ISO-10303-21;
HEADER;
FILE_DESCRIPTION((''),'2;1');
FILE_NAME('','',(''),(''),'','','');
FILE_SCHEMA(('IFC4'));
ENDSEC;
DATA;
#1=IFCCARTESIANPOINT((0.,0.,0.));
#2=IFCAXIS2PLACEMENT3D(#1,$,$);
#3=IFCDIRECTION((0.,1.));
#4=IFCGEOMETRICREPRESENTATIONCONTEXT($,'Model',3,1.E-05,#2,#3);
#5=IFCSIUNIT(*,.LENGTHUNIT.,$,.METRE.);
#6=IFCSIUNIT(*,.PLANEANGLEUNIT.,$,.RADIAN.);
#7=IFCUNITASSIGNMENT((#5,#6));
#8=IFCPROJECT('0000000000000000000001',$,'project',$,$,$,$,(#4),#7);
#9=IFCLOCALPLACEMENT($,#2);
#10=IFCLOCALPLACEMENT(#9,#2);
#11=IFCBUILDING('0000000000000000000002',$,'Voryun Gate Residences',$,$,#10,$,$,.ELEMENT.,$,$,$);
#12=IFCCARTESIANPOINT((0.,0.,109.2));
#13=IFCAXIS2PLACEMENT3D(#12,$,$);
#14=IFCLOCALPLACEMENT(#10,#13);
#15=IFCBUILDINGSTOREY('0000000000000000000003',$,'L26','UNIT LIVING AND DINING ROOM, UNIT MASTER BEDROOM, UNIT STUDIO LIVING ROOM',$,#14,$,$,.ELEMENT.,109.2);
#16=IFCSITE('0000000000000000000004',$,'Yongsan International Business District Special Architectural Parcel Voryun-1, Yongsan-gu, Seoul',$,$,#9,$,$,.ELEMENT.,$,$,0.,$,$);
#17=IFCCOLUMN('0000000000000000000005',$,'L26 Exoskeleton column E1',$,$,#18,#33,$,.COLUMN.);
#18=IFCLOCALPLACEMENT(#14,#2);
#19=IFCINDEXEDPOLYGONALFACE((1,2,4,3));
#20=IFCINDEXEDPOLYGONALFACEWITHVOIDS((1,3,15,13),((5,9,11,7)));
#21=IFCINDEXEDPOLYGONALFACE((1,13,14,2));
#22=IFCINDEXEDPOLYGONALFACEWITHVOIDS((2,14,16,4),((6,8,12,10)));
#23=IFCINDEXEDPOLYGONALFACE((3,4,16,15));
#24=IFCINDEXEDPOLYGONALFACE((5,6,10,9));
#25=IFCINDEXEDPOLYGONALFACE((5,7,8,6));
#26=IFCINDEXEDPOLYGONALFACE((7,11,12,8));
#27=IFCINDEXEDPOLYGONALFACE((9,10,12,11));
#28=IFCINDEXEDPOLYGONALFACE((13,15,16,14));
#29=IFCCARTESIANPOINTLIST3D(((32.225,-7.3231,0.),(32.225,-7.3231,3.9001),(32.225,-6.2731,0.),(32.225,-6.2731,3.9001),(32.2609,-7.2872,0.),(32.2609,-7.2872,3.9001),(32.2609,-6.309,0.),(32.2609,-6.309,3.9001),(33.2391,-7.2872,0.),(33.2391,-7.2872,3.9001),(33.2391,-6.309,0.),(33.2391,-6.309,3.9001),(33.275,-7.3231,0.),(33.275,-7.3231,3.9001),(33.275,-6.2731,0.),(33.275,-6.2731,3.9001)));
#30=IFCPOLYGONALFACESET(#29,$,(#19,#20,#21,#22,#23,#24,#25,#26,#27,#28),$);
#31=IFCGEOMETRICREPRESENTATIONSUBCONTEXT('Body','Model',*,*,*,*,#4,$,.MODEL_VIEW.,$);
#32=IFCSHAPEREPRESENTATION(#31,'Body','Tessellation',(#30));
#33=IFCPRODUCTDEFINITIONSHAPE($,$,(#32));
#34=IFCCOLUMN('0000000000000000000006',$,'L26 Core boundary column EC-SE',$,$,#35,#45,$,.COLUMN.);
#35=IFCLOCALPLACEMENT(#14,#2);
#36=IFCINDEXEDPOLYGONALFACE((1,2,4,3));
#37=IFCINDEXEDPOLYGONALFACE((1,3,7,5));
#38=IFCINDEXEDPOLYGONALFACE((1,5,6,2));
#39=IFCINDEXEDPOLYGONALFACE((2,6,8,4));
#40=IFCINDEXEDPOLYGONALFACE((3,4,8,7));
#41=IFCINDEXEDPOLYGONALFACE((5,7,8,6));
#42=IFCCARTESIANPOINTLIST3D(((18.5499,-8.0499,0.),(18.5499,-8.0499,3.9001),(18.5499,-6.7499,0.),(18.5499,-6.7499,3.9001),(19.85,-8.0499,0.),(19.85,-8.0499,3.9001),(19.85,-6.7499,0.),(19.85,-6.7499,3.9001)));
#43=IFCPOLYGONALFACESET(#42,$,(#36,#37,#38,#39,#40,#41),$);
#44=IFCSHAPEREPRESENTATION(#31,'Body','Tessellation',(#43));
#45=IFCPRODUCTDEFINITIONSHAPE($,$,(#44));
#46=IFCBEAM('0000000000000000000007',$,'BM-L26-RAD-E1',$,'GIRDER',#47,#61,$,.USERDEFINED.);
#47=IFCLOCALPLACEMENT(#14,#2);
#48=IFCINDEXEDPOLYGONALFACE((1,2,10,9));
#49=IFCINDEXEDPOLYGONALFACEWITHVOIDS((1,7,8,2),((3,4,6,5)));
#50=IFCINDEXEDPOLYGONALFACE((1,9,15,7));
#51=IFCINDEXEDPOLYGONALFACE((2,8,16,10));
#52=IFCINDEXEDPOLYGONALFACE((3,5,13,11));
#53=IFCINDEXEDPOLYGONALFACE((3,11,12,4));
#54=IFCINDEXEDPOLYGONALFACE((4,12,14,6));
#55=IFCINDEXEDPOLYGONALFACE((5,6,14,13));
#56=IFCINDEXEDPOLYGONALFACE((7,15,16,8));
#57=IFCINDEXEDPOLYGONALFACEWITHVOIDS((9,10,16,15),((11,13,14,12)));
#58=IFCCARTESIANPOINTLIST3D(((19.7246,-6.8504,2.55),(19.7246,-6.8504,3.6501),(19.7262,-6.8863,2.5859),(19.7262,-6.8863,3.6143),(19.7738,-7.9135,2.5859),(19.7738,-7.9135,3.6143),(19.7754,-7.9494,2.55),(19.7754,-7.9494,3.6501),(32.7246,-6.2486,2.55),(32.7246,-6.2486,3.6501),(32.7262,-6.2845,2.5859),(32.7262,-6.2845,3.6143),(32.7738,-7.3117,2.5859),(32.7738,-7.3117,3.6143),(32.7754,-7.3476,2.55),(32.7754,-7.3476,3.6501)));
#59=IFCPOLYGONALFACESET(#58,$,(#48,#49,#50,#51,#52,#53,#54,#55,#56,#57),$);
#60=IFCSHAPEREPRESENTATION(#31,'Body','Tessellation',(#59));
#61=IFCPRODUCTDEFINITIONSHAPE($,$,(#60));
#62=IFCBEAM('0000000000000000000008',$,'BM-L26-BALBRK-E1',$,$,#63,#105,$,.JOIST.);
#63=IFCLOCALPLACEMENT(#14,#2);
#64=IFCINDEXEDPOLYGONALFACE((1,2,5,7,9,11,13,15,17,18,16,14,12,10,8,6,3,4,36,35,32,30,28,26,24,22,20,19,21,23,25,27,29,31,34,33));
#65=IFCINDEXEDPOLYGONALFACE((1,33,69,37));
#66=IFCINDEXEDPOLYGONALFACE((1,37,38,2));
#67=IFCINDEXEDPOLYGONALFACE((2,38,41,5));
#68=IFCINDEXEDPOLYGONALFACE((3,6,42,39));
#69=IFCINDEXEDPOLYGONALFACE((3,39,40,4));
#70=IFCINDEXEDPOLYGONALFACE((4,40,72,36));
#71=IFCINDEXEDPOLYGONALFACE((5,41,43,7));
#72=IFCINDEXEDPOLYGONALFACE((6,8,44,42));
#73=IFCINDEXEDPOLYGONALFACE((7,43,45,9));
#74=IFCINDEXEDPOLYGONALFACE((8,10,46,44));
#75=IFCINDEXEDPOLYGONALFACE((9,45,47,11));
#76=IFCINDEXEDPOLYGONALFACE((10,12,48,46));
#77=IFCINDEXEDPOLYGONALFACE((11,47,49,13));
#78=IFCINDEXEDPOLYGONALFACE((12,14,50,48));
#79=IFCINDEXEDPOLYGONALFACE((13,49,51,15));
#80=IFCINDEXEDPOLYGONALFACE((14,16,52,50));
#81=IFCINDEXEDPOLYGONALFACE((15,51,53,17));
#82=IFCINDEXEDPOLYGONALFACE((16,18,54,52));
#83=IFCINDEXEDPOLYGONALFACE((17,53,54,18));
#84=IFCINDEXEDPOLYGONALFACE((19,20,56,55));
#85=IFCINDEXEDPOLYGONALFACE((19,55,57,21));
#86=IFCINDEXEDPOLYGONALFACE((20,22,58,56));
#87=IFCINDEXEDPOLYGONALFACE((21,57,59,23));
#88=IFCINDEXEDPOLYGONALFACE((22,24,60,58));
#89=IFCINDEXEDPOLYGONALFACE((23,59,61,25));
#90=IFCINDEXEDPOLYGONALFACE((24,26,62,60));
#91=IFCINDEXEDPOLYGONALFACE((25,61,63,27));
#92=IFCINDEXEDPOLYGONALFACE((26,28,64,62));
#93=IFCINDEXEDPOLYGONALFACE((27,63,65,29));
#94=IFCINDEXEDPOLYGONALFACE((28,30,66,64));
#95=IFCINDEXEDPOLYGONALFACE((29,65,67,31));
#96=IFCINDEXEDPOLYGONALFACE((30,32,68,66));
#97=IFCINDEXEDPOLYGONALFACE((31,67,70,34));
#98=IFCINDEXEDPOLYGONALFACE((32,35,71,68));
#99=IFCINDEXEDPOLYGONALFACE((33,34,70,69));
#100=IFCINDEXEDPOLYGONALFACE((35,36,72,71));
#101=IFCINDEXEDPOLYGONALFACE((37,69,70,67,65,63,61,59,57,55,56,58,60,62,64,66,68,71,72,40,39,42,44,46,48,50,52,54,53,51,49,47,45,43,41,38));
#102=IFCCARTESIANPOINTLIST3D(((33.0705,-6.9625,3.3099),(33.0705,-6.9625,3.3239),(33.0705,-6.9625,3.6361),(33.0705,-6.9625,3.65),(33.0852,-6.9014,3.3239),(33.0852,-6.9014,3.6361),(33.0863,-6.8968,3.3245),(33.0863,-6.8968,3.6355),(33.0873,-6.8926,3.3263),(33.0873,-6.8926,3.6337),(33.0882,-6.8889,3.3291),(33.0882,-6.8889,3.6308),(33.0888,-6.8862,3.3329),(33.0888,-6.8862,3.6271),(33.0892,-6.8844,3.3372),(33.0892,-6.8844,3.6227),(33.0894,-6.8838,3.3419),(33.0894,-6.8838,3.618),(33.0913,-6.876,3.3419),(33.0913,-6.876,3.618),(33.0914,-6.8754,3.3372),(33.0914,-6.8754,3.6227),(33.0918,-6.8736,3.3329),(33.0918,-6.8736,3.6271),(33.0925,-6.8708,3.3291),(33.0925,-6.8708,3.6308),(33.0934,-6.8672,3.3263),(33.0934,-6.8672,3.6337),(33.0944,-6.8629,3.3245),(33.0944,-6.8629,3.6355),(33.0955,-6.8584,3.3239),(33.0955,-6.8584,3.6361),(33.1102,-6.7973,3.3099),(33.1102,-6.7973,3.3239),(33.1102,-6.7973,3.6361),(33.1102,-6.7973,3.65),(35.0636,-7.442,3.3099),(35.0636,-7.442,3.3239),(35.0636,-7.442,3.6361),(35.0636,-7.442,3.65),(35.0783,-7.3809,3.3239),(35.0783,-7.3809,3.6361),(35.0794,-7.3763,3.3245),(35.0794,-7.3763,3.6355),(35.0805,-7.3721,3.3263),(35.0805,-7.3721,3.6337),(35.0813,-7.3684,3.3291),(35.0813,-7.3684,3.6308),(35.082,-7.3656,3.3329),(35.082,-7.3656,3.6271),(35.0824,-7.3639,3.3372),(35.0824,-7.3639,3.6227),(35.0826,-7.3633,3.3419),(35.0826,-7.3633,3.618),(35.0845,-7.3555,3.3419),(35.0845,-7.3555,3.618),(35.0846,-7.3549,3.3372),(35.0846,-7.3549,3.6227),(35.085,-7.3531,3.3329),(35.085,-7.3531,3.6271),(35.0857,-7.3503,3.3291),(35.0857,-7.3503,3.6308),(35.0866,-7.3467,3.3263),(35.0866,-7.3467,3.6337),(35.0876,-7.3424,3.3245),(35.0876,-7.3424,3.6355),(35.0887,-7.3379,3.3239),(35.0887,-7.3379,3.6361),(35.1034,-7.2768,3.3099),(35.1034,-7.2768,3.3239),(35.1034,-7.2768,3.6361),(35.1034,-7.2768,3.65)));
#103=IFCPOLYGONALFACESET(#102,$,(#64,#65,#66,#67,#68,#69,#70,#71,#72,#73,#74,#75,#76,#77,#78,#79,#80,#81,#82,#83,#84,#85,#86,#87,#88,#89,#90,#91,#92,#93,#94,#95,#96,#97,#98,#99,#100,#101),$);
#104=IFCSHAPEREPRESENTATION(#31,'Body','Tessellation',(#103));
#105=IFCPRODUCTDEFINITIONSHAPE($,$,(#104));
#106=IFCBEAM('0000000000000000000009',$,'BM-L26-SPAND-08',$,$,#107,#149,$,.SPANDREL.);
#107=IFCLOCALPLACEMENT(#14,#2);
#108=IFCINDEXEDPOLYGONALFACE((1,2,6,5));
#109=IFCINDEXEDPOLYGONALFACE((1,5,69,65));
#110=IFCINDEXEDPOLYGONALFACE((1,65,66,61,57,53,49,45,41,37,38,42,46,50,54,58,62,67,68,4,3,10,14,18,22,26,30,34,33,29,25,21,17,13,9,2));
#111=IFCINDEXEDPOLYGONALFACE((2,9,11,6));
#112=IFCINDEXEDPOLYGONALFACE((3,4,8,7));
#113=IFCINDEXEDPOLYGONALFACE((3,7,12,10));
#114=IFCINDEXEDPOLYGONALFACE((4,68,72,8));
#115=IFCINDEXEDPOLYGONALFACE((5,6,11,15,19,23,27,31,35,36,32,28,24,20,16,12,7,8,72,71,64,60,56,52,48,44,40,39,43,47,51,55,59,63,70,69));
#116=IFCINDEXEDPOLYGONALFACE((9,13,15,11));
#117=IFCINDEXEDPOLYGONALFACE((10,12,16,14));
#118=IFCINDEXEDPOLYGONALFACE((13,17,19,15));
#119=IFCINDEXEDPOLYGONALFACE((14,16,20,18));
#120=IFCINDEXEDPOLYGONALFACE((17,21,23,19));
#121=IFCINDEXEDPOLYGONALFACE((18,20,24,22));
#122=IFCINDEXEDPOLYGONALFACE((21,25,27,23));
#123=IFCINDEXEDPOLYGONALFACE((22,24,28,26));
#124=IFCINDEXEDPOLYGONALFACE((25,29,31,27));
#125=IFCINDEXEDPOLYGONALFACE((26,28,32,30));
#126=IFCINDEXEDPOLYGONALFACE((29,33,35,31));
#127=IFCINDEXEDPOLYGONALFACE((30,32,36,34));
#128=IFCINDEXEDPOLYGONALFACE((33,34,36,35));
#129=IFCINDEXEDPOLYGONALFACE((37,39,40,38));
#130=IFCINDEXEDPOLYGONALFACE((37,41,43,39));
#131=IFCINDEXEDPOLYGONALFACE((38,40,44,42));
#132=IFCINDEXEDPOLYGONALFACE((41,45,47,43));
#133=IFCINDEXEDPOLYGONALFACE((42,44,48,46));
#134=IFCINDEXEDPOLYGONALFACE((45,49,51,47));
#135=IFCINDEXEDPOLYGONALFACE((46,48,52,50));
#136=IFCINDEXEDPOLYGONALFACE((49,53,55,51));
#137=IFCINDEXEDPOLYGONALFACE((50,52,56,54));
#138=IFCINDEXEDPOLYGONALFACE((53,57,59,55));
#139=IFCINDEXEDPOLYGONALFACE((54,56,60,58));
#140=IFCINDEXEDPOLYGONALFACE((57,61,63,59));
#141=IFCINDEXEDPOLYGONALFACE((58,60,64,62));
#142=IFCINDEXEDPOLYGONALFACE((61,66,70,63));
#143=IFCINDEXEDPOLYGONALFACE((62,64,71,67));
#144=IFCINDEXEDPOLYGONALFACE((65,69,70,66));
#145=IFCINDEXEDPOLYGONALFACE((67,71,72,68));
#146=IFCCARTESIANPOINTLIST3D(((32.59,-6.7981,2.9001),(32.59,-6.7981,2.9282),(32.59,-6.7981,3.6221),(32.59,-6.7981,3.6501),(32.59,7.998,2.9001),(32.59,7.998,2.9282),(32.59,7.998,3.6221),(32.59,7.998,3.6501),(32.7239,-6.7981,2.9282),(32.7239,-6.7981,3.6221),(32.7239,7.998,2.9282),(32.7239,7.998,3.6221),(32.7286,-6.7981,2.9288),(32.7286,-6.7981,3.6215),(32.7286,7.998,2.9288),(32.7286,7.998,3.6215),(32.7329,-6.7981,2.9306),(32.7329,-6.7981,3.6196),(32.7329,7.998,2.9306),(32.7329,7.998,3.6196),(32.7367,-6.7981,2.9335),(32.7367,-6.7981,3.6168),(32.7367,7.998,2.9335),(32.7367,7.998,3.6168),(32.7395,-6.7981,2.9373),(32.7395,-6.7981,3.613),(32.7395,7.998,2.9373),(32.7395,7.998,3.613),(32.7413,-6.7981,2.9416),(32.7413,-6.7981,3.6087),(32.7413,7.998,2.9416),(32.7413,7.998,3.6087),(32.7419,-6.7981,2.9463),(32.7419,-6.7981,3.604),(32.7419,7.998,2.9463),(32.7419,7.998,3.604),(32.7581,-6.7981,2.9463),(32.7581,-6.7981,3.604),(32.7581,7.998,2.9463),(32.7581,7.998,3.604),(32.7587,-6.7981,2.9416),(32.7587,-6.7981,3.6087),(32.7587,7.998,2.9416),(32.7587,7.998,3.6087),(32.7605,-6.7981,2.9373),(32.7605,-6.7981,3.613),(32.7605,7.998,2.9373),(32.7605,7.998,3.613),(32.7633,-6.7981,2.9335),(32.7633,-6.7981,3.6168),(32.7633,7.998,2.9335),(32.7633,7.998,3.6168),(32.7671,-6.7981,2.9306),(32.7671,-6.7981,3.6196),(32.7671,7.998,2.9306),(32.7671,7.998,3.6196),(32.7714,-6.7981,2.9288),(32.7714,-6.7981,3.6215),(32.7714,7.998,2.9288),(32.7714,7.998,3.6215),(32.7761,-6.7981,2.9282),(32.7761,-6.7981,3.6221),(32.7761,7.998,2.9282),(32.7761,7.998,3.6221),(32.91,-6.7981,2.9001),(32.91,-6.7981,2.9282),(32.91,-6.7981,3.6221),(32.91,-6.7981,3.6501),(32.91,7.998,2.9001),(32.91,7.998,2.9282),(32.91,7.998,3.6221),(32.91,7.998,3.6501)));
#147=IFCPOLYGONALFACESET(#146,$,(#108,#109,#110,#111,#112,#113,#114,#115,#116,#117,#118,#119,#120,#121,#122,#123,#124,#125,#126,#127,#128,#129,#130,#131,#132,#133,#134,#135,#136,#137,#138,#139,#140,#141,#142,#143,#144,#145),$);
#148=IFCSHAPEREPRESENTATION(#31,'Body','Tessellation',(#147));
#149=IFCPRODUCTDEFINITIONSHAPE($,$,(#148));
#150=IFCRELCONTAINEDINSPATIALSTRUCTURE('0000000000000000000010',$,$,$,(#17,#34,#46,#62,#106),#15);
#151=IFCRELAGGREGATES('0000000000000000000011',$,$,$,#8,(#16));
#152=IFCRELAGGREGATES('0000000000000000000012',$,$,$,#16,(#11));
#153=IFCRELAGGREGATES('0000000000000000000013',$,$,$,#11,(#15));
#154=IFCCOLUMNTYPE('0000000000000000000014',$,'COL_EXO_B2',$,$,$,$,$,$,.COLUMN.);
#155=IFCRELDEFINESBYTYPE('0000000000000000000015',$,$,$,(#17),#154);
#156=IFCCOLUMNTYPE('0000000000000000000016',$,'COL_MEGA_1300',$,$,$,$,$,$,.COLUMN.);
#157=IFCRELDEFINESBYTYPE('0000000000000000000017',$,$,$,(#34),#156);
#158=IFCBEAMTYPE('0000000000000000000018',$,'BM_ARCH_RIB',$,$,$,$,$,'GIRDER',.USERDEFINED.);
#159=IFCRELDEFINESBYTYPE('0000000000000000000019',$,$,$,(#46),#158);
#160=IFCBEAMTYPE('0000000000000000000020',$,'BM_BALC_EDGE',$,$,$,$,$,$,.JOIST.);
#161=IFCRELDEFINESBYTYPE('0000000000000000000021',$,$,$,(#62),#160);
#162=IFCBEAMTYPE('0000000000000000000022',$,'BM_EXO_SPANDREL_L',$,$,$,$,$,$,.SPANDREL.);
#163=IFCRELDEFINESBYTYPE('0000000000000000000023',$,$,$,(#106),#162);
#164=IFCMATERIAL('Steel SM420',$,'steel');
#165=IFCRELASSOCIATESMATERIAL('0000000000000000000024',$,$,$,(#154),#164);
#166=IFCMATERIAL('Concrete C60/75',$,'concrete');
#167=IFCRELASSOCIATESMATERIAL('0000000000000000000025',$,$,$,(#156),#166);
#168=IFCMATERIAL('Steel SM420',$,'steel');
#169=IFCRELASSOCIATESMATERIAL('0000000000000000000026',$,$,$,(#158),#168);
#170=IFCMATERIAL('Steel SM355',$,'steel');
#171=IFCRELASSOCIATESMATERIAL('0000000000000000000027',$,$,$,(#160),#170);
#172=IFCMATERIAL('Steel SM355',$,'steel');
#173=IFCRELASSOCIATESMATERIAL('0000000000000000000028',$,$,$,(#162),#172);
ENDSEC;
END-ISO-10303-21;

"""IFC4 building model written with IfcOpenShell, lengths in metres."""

from ifc_helpers import new_model, si_unit, direction, frame, origin, origin_2d, place, context, subcontext, project, spatial, rectangle, hollow_rectangle, i_section, extrude, material, material_profile, profile_set, type_object, element, save


model = new_model("IFC4")

# Units and contexts
model_context = context("Model", 3, precision=1e-05, world=origin(), true_north=direction((0.0, 1.0)))
body_context = subcontext(model_context, "Body", "Model", "MODEL_VIEW")
ifc_project = project(units=[si_unit("LENGTHUNIT", "METRE"), si_unit("PLANEANGLEUNIT", "RADIAN")], contexts=[model_context])

# Site, building, storey
site_placement = place(None, origin())
site = spatial("IfcSite", under=ifc_project, at=site_placement, Name="Yongsan International Business District Special Architectural Parcel Voryun-1, Yongsan-gu, Seoul", CompositionType="ELEMENT", RefElevation=0.0)
building_placement = place(site_placement, origin())
building = spatial("IfcBuilding", under=site, at=building_placement, Name="Voryun Gate Residences", CompositionType="ELEMENT")
storey_placement = place(building_placement, frame((0.0, 0.0, 109.2)))
storey = spatial("IfcBuildingStorey", under=building, at=storey_placement, Name="L26", Description="UNIT LIVING AND DINING ROOM, UNIT MASTER BEDROOM, UNIT STUDIO LIVING ROOM", CompositionType="ELEMENT", Elevation=109.2)

# Columns
ifc_material_1 = material(Name="Steel SM420", Category="steel")
ifc_material_profile_1 = material_profile(ifc_material_1, hollow_rectangle(XDim=1.05, YDim=1.05, WallThickness=0.0359, at=origin_2d()), Name="BOX-1050x1050x36")
ifc_profile_set_1 = profile_set([ifc_material_profile_1], Name="Steel SM420")
column_type_1 = type_object("IfcColumnType", Name="COL_EXO_B2", PredefinedType="COLUMN", material=ifc_profile_set_1)
column_1_placement = place(storey_placement, frame((32.75, -6.7981, 0.0), z_axis=(0.0, 0.0, 1.0), x_axis=(1.0, 0.0, 0.0)))
element("IfcColumn", 1, at=column_1_placement, inside=storey, type_object=column_type_1, Name="L26 Exoskeleton column E1", PredefinedType="COLUMN", context=body_context, shape_type="SweptSolid", body=[
    extrude(hollow_rectangle(XDim=1.05, YDim=1.05, WallThickness=0.0359, at=origin_2d()), origin(), (0.0, 0.0, 1.0), 3.9001),
])
ifc_material_2 = material(Name="Concrete C60/75", Category="concrete")
ifc_material_profile_2 = material_profile(ifc_material_2, rectangle(XDim=1.3, YDim=1.3, at=origin_2d()), Name="RC-1300x1300")
ifc_profile_set_2 = profile_set([ifc_material_profile_2], Name="Concrete C60/75")
column_type_2 = type_object("IfcColumnType", Name="COL_MEGA_1300", PredefinedType="COLUMN", material=ifc_profile_set_2)
column_2_placement = place(storey_placement, frame((19.2, -7.3999, 0.0), z_axis=(0.0, 0.0, 1.0), x_axis=(1.0, 0.0, 0.0)))
element("IfcColumn", 2, at=column_2_placement, inside=storey, type_object=column_type_2, Name="L26 Core boundary column EC-SE", PredefinedType="COLUMN", context=body_context, shape_type="SweptSolid", body=[
    extrude(rectangle(XDim=1.3, YDim=1.3, at=origin_2d()), origin(), (0.0, 0.0, 1.0), 3.9001),
])

# Beams
ifc_material_3 = material(Name="Steel SM420", Category="steel")
ifc_material_profile_3 = material_profile(ifc_material_3, hollow_rectangle(XDim=1.1001, YDim=1.1001, WallThickness=0.0359, at=origin_2d()), Name="BOX-1100x1100x36")
ifc_profile_set_3 = profile_set([ifc_material_profile_3], Name="Steel SM420")
beam_type_1 = type_object("IfcBeamType", Name="BM_ARCH_RIB", ElementType="GIRDER", PredefinedType="USERDEFINED", material=ifc_profile_set_3)
beam_1_placement = place(storey_placement, frame((19.75, -7.3999, 3.1001), z_axis=(0.99893, 0.046243, 0.0), x_axis=(-0.046243, 0.99893, 0.0)))
element("IfcBeam", 3, at=beam_1_placement, inside=storey, type_object=beam_type_1, Name="BM-L26-RAD-E1", ObjectType="GIRDER", PredefinedType="USERDEFINED", context=body_context, shape_type="SweptSolid", body=[
    extrude(hollow_rectangle(XDim=1.1001, YDim=1.1001, WallThickness=0.0359, at=origin_2d()), origin(), (0.0, 0.0, 1.0), 13.0139),
])
ifc_material_4 = material(Name="Steel SM355", Category="steel")
ifc_material_profile_4 = material_profile(ifc_material_4, i_section(OverallWidth=0.1699, OverallDepth=0.3401, WebThickness=0.0081, FlangeThickness=0.0139, FilletRadius=0.0181, at=origin_2d()), Name="H-340x170x8x14")
ifc_profile_set_4 = profile_set([ifc_material_profile_4], Name="Steel SM355")
beam_type_2 = type_object("IfcBeamType", Name="BM_BALC_EDGE", PredefinedType="JOIST", material=ifc_profile_set_4)
beam_2_placement = place(storey_placement, frame((33.0903, -6.8799, 3.48), z_axis=(0.972262, -0.233895, 0.0), x_axis=(0.233895, 0.972262, 0.0)))
element("IfcBeam", 4, at=beam_2_placement, inside=storey, type_object=beam_type_2, Name="BM-L26-BALBRK-E1", PredefinedType="JOIST", context=body_context, shape_type="SweptSolid", body=[
    extrude(i_section(OverallWidth=0.1699, OverallDepth=0.3401, WebThickness=0.0081, FlangeThickness=0.0139, FilletRadius=0.0181, at=origin_2d()), origin(), (0.0, 0.0, 1.0), 2.05),
])
ifc_material_5 = material(Name="Steel SM355", Category="steel")
ifc_material_profile_5 = material_profile(ifc_material_5, i_section(OverallWidth=0.3201, OverallDepth=0.75, WebThickness=0.0161, FlangeThickness=0.0281, FilletRadius=0.0181, at=origin_2d()), Name="H-750x320x16x28")
ifc_profile_set_5 = profile_set([ifc_material_profile_5], Name="Steel SM355")
beam_type_3 = type_object("IfcBeamType", Name="BM_EXO_SPANDREL_L", PredefinedType="SPANDREL", material=ifc_profile_set_5)
beam_3_placement = place(storey_placement, frame((32.75, -6.7981, 3.2751), z_axis=(0.0, 1.0, 0.0), x_axis=(-1.0, 0.0, 0.0)))
element("IfcBeam", 5, at=beam_3_placement, inside=storey, type_object=beam_type_3, Name="BM-L26-SPAND-08", PredefinedType="SPANDREL", context=body_context, shape_type="SweptSolid", body=[
    extrude(i_section(OverallWidth=0.3201, OverallDepth=0.75, WebThickness=0.0161, FlangeThickness=0.0281, FilletRadius=0.0181, at=origin_2d()), origin(), (0.0, 0.0, 1.0), 14.7961),
])

save(model, "model.ifc")
